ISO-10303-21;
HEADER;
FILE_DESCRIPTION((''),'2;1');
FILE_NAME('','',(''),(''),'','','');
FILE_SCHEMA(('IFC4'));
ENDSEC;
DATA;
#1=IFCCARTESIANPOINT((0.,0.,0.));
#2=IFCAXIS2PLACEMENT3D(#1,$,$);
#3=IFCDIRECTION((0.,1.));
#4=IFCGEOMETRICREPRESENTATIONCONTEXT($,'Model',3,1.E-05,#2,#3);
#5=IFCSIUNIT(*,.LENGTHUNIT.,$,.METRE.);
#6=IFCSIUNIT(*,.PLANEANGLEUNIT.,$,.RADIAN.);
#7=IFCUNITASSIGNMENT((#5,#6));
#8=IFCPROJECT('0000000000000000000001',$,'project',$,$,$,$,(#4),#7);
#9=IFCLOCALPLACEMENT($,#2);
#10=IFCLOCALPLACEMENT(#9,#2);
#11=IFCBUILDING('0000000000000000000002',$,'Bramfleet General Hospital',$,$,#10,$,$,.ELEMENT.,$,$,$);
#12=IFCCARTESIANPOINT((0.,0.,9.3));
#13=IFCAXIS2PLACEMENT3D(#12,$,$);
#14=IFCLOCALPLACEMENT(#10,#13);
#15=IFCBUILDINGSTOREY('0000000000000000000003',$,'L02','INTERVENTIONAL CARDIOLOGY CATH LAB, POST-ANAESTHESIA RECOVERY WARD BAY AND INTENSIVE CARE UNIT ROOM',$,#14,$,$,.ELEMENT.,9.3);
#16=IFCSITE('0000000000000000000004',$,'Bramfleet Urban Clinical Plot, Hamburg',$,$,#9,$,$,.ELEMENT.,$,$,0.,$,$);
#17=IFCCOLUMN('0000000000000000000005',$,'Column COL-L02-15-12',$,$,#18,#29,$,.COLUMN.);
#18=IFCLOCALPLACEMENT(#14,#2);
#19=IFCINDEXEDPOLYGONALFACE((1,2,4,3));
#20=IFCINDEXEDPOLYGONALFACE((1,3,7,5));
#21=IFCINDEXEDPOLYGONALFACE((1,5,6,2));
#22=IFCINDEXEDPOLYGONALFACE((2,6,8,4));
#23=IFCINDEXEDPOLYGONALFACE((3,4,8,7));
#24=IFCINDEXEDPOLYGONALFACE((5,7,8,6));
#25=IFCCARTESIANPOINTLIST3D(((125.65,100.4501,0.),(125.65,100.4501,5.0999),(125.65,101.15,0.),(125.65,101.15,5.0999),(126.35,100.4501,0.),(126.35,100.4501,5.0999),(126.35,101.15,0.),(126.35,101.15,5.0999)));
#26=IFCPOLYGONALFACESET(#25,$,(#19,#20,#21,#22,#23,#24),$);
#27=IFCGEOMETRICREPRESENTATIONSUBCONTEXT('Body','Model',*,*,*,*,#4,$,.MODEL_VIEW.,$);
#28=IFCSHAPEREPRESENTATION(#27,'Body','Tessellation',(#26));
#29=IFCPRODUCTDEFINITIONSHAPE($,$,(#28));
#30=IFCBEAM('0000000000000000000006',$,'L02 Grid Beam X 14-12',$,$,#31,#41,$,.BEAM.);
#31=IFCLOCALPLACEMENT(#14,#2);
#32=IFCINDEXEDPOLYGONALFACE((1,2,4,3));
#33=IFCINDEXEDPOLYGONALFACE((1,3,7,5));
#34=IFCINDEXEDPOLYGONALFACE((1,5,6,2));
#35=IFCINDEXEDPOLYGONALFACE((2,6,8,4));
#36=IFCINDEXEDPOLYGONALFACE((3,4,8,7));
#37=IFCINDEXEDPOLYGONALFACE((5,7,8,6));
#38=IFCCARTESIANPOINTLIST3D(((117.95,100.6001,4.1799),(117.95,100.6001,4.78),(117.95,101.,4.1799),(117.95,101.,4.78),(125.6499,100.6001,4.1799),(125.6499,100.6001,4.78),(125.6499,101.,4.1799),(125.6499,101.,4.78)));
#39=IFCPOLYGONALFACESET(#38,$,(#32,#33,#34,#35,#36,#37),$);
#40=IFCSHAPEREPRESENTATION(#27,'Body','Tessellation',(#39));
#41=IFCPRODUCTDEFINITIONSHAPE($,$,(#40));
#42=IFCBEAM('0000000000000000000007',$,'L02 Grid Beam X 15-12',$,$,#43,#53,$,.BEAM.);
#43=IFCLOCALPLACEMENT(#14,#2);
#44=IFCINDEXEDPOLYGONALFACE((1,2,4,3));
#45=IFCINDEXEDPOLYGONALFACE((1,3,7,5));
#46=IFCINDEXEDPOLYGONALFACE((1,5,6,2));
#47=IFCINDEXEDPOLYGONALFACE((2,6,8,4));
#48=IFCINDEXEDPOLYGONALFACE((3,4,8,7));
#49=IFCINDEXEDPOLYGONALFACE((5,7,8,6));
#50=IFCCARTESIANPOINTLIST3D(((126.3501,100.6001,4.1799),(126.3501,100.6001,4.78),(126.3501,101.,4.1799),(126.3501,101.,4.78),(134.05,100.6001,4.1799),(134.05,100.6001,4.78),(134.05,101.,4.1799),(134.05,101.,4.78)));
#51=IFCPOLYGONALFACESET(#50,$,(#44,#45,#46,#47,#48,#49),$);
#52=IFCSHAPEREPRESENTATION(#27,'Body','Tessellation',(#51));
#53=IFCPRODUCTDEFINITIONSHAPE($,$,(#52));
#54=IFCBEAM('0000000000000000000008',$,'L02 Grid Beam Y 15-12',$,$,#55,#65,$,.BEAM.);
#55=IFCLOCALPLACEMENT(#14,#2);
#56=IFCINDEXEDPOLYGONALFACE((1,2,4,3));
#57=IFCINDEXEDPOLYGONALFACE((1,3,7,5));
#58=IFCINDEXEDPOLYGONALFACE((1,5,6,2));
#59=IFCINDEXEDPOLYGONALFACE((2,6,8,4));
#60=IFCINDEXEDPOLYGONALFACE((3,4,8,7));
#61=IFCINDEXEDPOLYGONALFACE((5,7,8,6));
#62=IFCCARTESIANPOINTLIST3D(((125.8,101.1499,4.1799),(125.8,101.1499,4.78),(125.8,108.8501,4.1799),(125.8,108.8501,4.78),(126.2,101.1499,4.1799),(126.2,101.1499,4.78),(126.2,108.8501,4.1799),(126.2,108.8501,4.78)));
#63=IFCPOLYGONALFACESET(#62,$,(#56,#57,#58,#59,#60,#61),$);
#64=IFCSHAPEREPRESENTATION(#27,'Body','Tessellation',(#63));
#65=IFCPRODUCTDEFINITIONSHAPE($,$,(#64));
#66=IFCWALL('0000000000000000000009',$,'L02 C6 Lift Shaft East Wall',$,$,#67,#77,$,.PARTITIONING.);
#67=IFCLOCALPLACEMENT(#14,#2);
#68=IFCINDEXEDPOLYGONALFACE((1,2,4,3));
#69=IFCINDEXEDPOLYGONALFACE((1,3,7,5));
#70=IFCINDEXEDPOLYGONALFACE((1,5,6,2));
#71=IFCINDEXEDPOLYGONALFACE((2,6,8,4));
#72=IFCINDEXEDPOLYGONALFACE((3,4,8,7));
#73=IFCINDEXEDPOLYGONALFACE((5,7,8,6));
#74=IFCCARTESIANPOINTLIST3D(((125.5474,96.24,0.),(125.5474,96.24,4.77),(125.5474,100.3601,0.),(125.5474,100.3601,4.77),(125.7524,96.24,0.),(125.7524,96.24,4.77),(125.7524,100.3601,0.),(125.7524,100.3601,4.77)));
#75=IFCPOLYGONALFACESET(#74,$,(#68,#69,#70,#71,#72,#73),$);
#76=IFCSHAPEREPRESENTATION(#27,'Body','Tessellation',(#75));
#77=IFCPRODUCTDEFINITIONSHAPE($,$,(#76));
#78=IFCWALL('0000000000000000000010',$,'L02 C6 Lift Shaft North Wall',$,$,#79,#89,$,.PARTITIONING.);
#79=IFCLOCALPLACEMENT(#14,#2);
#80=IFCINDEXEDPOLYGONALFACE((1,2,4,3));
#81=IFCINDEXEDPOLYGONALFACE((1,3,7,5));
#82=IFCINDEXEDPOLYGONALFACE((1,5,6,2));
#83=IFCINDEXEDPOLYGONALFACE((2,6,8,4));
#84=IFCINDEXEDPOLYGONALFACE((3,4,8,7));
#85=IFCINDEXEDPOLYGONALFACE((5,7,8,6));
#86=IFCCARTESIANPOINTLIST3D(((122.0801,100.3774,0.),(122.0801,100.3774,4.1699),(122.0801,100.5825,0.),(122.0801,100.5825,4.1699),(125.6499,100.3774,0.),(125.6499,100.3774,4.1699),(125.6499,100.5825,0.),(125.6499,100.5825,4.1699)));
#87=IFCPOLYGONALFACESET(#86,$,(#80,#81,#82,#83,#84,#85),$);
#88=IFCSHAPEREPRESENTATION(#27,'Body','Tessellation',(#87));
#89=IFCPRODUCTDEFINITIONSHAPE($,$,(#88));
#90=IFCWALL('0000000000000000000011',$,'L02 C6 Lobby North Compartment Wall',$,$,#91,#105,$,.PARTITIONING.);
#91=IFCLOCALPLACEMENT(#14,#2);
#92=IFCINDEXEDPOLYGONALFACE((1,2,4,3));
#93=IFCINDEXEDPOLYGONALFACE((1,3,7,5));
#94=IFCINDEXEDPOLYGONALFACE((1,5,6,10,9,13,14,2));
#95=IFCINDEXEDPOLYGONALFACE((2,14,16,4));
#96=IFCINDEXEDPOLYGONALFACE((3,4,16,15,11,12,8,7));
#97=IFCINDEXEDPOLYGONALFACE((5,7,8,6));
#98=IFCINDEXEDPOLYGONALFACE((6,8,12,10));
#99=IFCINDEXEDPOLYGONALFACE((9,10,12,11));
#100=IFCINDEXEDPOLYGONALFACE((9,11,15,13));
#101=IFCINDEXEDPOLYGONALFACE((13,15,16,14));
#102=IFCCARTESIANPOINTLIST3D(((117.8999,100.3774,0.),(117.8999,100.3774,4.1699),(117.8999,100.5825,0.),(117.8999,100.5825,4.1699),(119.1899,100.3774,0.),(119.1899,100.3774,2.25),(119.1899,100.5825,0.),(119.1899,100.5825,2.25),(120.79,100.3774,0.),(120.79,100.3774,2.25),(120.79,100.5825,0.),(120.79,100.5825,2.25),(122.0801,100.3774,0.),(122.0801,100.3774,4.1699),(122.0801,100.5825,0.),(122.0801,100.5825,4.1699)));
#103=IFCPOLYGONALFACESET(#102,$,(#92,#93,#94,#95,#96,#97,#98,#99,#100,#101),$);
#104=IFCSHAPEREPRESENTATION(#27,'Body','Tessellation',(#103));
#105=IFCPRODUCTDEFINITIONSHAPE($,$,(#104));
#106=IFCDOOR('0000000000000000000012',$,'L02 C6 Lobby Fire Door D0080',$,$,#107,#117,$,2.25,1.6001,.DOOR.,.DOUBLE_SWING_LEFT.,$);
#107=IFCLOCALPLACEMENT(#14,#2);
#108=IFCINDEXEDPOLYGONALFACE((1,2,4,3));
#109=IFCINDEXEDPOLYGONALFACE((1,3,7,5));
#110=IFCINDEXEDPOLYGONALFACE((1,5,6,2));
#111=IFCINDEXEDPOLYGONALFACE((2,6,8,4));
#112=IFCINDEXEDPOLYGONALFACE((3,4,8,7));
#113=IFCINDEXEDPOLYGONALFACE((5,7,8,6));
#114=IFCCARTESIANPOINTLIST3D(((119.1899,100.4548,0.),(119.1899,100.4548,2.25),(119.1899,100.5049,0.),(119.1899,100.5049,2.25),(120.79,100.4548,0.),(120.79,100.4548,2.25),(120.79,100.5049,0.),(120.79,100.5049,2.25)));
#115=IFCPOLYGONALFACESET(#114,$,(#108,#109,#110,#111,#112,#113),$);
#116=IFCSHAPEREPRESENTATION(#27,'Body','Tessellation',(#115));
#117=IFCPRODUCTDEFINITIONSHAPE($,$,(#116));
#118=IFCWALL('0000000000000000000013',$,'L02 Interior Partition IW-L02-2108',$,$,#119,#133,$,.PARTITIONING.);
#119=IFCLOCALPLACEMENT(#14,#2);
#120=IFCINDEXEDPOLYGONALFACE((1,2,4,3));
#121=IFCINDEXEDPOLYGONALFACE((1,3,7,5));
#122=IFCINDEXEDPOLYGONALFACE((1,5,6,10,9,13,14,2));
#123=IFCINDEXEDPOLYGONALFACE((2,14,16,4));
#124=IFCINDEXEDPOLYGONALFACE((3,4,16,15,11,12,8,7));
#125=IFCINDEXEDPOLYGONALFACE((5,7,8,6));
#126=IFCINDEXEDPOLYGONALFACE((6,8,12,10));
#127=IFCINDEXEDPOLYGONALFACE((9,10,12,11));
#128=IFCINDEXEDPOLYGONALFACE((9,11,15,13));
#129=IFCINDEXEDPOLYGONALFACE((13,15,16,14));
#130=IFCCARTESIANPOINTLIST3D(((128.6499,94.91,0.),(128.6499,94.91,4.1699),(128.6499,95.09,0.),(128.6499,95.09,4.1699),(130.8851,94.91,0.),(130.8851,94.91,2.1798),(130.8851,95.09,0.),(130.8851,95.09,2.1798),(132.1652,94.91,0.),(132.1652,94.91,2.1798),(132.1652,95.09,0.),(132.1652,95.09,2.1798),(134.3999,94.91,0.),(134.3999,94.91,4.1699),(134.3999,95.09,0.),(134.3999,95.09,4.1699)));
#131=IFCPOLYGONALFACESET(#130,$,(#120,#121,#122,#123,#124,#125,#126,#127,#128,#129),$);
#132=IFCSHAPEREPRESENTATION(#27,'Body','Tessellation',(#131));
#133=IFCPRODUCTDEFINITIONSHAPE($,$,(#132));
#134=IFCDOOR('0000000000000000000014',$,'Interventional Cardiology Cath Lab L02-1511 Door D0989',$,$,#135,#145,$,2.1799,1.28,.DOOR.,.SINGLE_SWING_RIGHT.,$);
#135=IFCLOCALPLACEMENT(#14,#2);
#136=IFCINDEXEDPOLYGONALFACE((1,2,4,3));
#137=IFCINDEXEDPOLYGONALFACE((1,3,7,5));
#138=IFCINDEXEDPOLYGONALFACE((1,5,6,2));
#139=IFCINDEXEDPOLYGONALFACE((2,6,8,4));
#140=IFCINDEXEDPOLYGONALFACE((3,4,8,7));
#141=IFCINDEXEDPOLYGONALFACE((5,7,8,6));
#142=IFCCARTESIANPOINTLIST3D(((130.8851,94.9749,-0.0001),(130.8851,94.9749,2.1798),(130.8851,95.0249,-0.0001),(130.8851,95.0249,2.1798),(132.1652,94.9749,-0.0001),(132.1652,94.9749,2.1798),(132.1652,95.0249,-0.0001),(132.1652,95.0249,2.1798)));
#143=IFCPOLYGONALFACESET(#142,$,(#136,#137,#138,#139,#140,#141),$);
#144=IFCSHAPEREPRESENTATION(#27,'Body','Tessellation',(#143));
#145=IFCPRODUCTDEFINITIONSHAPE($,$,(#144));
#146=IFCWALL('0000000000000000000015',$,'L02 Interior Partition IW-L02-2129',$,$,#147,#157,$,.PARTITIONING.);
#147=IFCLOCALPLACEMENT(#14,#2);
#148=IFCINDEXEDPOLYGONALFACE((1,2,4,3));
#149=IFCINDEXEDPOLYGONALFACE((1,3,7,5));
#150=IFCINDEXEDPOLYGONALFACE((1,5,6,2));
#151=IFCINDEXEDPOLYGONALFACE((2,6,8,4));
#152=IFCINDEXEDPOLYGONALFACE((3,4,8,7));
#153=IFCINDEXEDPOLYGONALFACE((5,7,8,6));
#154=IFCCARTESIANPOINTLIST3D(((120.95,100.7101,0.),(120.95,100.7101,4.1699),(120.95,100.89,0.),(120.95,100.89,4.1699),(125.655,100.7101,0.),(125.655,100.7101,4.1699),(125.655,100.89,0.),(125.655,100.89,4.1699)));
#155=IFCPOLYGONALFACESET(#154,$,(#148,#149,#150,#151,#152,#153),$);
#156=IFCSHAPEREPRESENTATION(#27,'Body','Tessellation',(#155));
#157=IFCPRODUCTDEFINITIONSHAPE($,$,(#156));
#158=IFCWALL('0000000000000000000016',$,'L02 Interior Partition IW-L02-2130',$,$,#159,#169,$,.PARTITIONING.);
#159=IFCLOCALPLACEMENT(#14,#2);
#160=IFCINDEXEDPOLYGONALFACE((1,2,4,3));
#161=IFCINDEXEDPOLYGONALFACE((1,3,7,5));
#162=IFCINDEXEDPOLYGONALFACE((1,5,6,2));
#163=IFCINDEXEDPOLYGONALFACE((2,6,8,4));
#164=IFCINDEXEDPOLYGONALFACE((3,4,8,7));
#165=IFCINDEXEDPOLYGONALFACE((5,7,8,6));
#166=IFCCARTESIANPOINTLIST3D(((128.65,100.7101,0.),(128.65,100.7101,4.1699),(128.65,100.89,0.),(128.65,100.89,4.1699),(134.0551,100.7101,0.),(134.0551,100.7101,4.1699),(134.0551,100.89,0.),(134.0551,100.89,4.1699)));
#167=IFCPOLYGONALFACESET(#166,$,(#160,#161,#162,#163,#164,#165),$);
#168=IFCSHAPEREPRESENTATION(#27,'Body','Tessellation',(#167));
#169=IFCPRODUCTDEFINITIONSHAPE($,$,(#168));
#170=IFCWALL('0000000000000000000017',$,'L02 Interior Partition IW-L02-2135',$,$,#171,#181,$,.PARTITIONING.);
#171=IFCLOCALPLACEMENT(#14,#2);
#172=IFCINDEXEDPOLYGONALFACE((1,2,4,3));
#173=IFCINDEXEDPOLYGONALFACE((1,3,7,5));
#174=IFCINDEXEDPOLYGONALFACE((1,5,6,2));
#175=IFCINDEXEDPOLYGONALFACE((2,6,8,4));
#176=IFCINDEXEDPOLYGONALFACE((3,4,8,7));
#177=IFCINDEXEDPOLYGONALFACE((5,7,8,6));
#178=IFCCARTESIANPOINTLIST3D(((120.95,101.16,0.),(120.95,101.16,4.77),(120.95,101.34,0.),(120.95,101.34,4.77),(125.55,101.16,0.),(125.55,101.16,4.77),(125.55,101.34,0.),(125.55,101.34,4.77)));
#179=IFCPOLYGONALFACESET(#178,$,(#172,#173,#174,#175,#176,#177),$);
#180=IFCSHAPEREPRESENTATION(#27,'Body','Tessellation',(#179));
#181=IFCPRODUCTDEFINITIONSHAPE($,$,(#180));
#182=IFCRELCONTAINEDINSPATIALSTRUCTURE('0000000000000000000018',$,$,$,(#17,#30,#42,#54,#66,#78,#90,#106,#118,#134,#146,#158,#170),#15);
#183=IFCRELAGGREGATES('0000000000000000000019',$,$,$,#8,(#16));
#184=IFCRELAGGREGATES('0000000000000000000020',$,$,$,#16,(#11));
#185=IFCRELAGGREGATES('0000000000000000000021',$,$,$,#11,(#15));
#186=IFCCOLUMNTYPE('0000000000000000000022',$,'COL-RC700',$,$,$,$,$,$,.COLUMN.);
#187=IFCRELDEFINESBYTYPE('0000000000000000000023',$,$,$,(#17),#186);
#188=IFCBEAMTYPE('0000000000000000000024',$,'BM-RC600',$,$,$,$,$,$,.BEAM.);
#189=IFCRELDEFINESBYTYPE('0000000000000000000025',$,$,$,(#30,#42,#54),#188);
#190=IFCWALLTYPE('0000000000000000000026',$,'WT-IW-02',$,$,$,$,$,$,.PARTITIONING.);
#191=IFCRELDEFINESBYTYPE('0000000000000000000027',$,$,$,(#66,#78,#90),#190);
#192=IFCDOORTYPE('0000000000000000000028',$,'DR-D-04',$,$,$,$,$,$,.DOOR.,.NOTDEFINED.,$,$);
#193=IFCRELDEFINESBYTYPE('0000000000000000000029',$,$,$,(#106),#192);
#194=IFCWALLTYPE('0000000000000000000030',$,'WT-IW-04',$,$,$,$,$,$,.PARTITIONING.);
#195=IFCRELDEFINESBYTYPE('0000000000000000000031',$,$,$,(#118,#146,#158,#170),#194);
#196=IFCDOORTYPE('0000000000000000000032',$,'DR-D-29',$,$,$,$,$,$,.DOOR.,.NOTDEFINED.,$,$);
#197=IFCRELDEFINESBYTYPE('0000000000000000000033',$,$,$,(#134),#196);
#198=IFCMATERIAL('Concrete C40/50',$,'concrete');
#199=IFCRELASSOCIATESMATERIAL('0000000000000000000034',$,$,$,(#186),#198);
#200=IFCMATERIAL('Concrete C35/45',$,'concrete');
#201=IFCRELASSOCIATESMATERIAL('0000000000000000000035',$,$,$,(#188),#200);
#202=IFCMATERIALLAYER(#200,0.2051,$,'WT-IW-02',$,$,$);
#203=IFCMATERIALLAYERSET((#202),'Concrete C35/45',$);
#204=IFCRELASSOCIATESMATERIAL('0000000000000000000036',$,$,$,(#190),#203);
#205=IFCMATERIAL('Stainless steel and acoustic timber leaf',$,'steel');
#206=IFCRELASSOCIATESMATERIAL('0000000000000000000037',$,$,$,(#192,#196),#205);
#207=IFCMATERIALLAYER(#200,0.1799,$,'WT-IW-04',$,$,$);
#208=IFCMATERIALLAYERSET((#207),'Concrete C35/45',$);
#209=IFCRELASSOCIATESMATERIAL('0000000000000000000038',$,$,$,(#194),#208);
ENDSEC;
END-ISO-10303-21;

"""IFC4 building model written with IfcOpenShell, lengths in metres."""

from ifc_helpers import new_model, si_unit, direction, frame, frame_2d, origin, origin_2d, place, context, subcontext, project, spatial, rectangle, extrude, material, layer, layer_set, material_profile, profile_set, type_object, element, fill, save


model = new_model("IFC4")

# Units and contexts
model_context = context("Model", 3, precision=1e-05, world=origin(), true_north=direction((0.0, 1.0)))
body_context = subcontext(model_context, "Body", "Model", "MODEL_VIEW")
ifc_project = project(units=[si_unit("LENGTHUNIT", "METRE"), si_unit("PLANEANGLEUNIT", "RADIAN")], contexts=[model_context])

# Site, building, storey
site_placement = place(None, origin())
site = spatial("IfcSite", under=ifc_project, at=site_placement, Name="Bramfleet Urban Clinical Plot, Hamburg", CompositionType="ELEMENT", RefElevation=0.0)
building_placement = place(site_placement, origin())
building = spatial("IfcBuilding", under=site, at=building_placement, Name="Bramfleet General Hospital", CompositionType="ELEMENT")
storey_placement = place(building_placement, frame((0.0, 0.0, 9.3)))
storey = spatial("IfcBuildingStorey", under=building, at=storey_placement, Name="L02", Description="INTERVENTIONAL CARDIOLOGY CATH LAB, POST-ANAESTHESIA RECOVERY WARD BAY AND INTENSIVE CARE UNIT ROOM", CompositionType="ELEMENT", Elevation=9.3)

# Column
ifc_material_1 = material(Name="Concrete C40/50", Category="concrete")
ifc_material_profile_1 = material_profile(ifc_material_1, rectangle(XDim=0.7, YDim=0.7, at=origin_2d()), Name="RC COL 700x700")
ifc_profile_set_1 = profile_set([ifc_material_profile_1], Name="Concrete C40/50")
column_type = type_object("IfcColumnType", Name="COL-RC700", PredefinedType="COLUMN", material=ifc_profile_set_1)
column_placement = place(storey_placement, frame((126.0, 100.8, 0.0), z_axis=(0.0, 0.0, 1.0), x_axis=(1.0, 0.0, 0.0)))
element("IfcColumn", 1, at=column_placement, inside=storey, type_object=column_type, Name="Column COL-L02-15-12", PredefinedType="COLUMN", context=body_context, shape_type="SweptSolid", body=[
    extrude(rectangle(XDim=0.7, YDim=0.7, at=origin_2d()), origin(), (0.0, 0.0, 1.0), 5.0999),
])

# Beams
ifc_material_2 = material(Name="Concrete C35/45", Category="concrete")
ifc_material_profile_2 = material_profile(ifc_material_2, rectangle(XDim=0.3999, YDim=0.6001, at=origin_2d()), Name="RC BM 600x400")
ifc_profile_set_2 = profile_set([ifc_material_profile_2], Name="Concrete C35/45")
beam_type = type_object("IfcBeamType", Name="BM-RC600", PredefinedType="BEAM", material=ifc_profile_set_2)
for number, where, z_axis, x_axis, name in (
    (2, (117.95, 100.8, 4.48), (1.0, 0.0, 0.0), (0.0, 1.0, 0.0), "L02 Grid Beam X 14-12"),
    (3, (126.3501, 100.8, 4.48), (1.0, 0.0, 0.0), (0.0, 1.0, 0.0), "L02 Grid Beam X 15-12"),
):
    element("IfcBeam", number, at=place(storey_placement, frame(where, z_axis=z_axis, x_axis=x_axis)), inside=storey, type_object=beam_type, Name=name, PredefinedType="BEAM", context=body_context, shape_type="SweptSolid", body=[
        extrude(rectangle(XDim=0.3999, YDim=0.6001, at=origin_2d()), origin(), (0.0, 0.0, 1.0), 7.7),
    ])
beam_placement = place(storey_placement, frame((126.0, 101.1499, 4.48), z_axis=(0.0, 1.0, 0.0), x_axis=(-1.0, 0.0, 0.0)))
element("IfcBeam", 4, at=beam_placement, inside=storey, type_object=beam_type, Name="L02 Grid Beam Y 15-12", PredefinedType="BEAM", context=body_context, shape_type="SweptSolid", body=[
    extrude(rectangle(XDim=0.3999, YDim=0.6001, at=origin_2d()), origin(), (0.0, 0.0, 1.0), 7.7002),
])

# Shared definitions
ifc_layer_1 = layer(ifc_material_2, 0.2051, Name="WT-IW-02")
ifc_layer_set_1 = layer_set([ifc_layer_1], Name="Concrete C35/45")
wall_type_1 = type_object("IfcWallType", Name="WT-IW-02", PredefinedType="PARTITIONING", material=ifc_layer_set_1)

# Walls
wall_1_placement = place(storey_placement, frame((125.6499, 96.24, 0.0), z_axis=(0.0, 0.0, 1.0), x_axis=(0.0, 1.0, 0.0)))
element("IfcWall", 5, at=wall_1_placement, inside=storey, type_object=wall_type_1, Name="L02 C6 Lift Shaft East Wall", PredefinedType="PARTITIONING", context=body_context, shape_type="SweptSolid", body=[
    extrude(rectangle(XDim=4.1201, YDim=0.2051, at=frame_2d((2.0601, 0.0))), origin(), (0.0, 0.0, 1.0), 4.77),
])
wall_2_placement = place(storey_placement, frame((122.0801, 100.48, 0.0), z_axis=(0.0, 0.0, 1.0), x_axis=(1.0, 0.0, 0.0)))
element("IfcWall", 6, at=wall_2_placement, inside=storey, type_object=wall_type_1, Name="L02 C6 Lift Shaft North Wall", PredefinedType="PARTITIONING", context=body_context, shape_type="SweptSolid", body=[
    extrude(rectangle(XDim=3.5698, YDim=0.2051, at=frame_2d((1.7849, 0.0))), origin(), (0.0, 0.0, 1.0), 4.1699),
])

# Walls, openings, doors
wall_3_placement = place(storey_placement, frame((117.8999, 100.48, 0.0), z_axis=(0.0, 0.0, 1.0), x_axis=(1.0, 0.0, 0.0)))
wall_3 = element("IfcWall", 7, at=wall_3_placement, inside=storey, type_object=wall_type_1, Name="L02 C6 Lobby North Compartment Wall", PredefinedType="PARTITIONING", context=body_context, shape_type="SweptSolid", body=[
    extrude(rectangle(XDim=4.1802, YDim=0.2051, at=frame_2d((2.0901, 0.0))), origin(), (0.0, 0.0, 1.0), 4.1699),
])
opening_1_placement = place(wall_3_placement, frame((1.29, 0.0, 0.0)))
opening_1 = element("IfcOpeningElement", 8, at=opening_1_placement, cuts=wall_3, PredefinedType="OPENING", context=body_context, shape_type="SweptSolid", body=[
    extrude(rectangle(XDim=1.6001, YDim=2.25, at=frame_2d((0.8, 1.125))), frame((0.0, 0.1125, 0.0), z_axis=(0.0, -1.0, 0.0), x_axis=(1.0, 0.0, 0.0)), (0.0, 0.0, 1.0), 0.2251),
])
ifc_material_3 = material(Name="Stainless steel and acoustic timber leaf", Category="steel")
door_type_1 = type_object("IfcDoorType", Name="DR-D-04", OperationType="NOTDEFINED", PredefinedType="DOOR", material=ifc_material_3)
door_1_placement = place(opening_1_placement, origin())
door_1 = element("IfcDoor", 9, at=door_1_placement, inside=storey, type_object=door_type_1, Name="L02 C6 Lobby Fire Door D0080", OperationType="DOUBLE_SWING_LEFT", OverallHeight=2.25, OverallWidth=1.6001, PredefinedType="DOOR", context=body_context, shape_type="SweptSolid", body=[
    extrude(rectangle(XDim=1.6001, YDim=2.25, at=frame_2d((0.8, 1.125))), frame((0.0, 0.0249, 0.0), z_axis=(0.0, -1.0, 0.0), x_axis=(1.0, 0.0, 0.0)), (0.0, 0.0, 1.0), 0.05),
])
fill(opening_1, door_1)
ifc_layer_2 = layer(ifc_material_2, 0.1799, Name="WT-IW-04")
ifc_layer_set_2 = layer_set([ifc_layer_2], Name="Concrete C35/45")
wall_type_2 = type_object("IfcWallType", Name="WT-IW-04", PredefinedType="PARTITIONING", material=ifc_layer_set_2)
wall_4_placement = place(storey_placement, frame((128.6499, 95.0, 0.0), z_axis=(0.0, 0.0, 1.0), x_axis=(1.0, 0.0, 0.0)))
wall_4 = element("IfcWall", 10, at=wall_4_placement, inside=storey, type_object=wall_type_2, Name="L02 Interior Partition IW-L02-2108", PredefinedType="PARTITIONING", context=body_context, shape_type="SweptSolid", body=[
    extrude(rectangle(XDim=5.75, YDim=0.1799, at=frame_2d((2.875, 0.0))), origin(), (0.0, 0.0, 1.0), 4.1699),
])
opening_2_placement = place(wall_4_placement, frame((2.2351, 0.0, 0.0)))
opening_2 = element("IfcOpeningElement", 11, at=opening_2_placement, cuts=wall_4, PredefinedType="OPENING", context=body_context, shape_type="SweptSolid", body=[
    extrude(rectangle(XDim=1.28, YDim=2.1799, at=frame_2d((0.6401, 1.0898))), frame((0.0, 0.0999, 0.0), z_axis=(0.0, -1.0, 0.0), x_axis=(1.0, 0.0, 0.0)), (0.0, 0.0, 1.0), 0.2),
])
door_type_2 = type_object("IfcDoorType", Name="DR-D-29", OperationType="NOTDEFINED", PredefinedType="DOOR", material=ifc_material_3)
door_2_placement = place(opening_2_placement, origin())
door_2 = element("IfcDoor", 12, at=door_2_placement, inside=storey, type_object=door_type_2, Name="Interventional Cardiology Cath Lab L02-1511 Door D0989", OperationType="SINGLE_SWING_RIGHT", OverallHeight=2.1799, OverallWidth=1.28, PredefinedType="DOOR", context=body_context, shape_type="SweptSolid", body=[
    extrude(rectangle(XDim=1.28, YDim=2.1799, at=frame_2d((0.6401, 1.0898))), frame((0.0, 0.0249, 0.0), z_axis=(0.0, -1.0, 0.0), x_axis=(1.0, 0.0, 0.0)), (0.0, 0.0, 1.0), 0.05),
])
fill(opening_2, door_2)

# Walls
wall_5_placement = place(storey_placement, frame((120.95, 100.8, 0.0), z_axis=(0.0, 0.0, 1.0), x_axis=(1.0, 0.0, 0.0)))
element("IfcWall", 13, at=wall_5_placement, inside=storey, type_object=wall_type_2, Name="L02 Interior Partition IW-L02-2129", PredefinedType="PARTITIONING", context=body_context, shape_type="SweptSolid", body=[
    extrude(rectangle(XDim=4.7051, YDim=0.1799, at=frame_2d((2.3525, 0.0))), origin(), (0.0, 0.0, 1.0), 4.1699),
])
wall_6_placement = place(storey_placement, frame((128.6499, 100.8, 0.0), z_axis=(0.0, 0.0, 1.0), x_axis=(1.0, 0.0, 0.0)))
element("IfcWall", 14, at=wall_6_placement, inside=storey, type_object=wall_type_2, Name="L02 Interior Partition IW-L02-2130", PredefinedType="PARTITIONING", context=body_context, shape_type="SweptSolid", body=[
    extrude(rectangle(XDim=5.405, YDim=0.1799, at=frame_2d((2.7026, 0.0))), origin(), (0.0, 0.0, 1.0), 4.1699),
])
wall_7_placement = place(storey_placement, frame((120.95, 101.25, 0.0), z_axis=(0.0, 0.0, 1.0), x_axis=(1.0, 0.0, 0.0)))
element("IfcWall", 15, at=wall_7_placement, inside=storey, type_object=wall_type_2, Name="L02 Interior Partition IW-L02-2135", PredefinedType="PARTITIONING", context=body_context, shape_type="SweptSolid", body=[
    extrude(rectangle(XDim=4.6001, YDim=0.1799, at=frame_2d((2.3, 0.0))), origin(), (0.0, 0.0, 1.0), 4.77),
])

save(model, "model.ifc")
